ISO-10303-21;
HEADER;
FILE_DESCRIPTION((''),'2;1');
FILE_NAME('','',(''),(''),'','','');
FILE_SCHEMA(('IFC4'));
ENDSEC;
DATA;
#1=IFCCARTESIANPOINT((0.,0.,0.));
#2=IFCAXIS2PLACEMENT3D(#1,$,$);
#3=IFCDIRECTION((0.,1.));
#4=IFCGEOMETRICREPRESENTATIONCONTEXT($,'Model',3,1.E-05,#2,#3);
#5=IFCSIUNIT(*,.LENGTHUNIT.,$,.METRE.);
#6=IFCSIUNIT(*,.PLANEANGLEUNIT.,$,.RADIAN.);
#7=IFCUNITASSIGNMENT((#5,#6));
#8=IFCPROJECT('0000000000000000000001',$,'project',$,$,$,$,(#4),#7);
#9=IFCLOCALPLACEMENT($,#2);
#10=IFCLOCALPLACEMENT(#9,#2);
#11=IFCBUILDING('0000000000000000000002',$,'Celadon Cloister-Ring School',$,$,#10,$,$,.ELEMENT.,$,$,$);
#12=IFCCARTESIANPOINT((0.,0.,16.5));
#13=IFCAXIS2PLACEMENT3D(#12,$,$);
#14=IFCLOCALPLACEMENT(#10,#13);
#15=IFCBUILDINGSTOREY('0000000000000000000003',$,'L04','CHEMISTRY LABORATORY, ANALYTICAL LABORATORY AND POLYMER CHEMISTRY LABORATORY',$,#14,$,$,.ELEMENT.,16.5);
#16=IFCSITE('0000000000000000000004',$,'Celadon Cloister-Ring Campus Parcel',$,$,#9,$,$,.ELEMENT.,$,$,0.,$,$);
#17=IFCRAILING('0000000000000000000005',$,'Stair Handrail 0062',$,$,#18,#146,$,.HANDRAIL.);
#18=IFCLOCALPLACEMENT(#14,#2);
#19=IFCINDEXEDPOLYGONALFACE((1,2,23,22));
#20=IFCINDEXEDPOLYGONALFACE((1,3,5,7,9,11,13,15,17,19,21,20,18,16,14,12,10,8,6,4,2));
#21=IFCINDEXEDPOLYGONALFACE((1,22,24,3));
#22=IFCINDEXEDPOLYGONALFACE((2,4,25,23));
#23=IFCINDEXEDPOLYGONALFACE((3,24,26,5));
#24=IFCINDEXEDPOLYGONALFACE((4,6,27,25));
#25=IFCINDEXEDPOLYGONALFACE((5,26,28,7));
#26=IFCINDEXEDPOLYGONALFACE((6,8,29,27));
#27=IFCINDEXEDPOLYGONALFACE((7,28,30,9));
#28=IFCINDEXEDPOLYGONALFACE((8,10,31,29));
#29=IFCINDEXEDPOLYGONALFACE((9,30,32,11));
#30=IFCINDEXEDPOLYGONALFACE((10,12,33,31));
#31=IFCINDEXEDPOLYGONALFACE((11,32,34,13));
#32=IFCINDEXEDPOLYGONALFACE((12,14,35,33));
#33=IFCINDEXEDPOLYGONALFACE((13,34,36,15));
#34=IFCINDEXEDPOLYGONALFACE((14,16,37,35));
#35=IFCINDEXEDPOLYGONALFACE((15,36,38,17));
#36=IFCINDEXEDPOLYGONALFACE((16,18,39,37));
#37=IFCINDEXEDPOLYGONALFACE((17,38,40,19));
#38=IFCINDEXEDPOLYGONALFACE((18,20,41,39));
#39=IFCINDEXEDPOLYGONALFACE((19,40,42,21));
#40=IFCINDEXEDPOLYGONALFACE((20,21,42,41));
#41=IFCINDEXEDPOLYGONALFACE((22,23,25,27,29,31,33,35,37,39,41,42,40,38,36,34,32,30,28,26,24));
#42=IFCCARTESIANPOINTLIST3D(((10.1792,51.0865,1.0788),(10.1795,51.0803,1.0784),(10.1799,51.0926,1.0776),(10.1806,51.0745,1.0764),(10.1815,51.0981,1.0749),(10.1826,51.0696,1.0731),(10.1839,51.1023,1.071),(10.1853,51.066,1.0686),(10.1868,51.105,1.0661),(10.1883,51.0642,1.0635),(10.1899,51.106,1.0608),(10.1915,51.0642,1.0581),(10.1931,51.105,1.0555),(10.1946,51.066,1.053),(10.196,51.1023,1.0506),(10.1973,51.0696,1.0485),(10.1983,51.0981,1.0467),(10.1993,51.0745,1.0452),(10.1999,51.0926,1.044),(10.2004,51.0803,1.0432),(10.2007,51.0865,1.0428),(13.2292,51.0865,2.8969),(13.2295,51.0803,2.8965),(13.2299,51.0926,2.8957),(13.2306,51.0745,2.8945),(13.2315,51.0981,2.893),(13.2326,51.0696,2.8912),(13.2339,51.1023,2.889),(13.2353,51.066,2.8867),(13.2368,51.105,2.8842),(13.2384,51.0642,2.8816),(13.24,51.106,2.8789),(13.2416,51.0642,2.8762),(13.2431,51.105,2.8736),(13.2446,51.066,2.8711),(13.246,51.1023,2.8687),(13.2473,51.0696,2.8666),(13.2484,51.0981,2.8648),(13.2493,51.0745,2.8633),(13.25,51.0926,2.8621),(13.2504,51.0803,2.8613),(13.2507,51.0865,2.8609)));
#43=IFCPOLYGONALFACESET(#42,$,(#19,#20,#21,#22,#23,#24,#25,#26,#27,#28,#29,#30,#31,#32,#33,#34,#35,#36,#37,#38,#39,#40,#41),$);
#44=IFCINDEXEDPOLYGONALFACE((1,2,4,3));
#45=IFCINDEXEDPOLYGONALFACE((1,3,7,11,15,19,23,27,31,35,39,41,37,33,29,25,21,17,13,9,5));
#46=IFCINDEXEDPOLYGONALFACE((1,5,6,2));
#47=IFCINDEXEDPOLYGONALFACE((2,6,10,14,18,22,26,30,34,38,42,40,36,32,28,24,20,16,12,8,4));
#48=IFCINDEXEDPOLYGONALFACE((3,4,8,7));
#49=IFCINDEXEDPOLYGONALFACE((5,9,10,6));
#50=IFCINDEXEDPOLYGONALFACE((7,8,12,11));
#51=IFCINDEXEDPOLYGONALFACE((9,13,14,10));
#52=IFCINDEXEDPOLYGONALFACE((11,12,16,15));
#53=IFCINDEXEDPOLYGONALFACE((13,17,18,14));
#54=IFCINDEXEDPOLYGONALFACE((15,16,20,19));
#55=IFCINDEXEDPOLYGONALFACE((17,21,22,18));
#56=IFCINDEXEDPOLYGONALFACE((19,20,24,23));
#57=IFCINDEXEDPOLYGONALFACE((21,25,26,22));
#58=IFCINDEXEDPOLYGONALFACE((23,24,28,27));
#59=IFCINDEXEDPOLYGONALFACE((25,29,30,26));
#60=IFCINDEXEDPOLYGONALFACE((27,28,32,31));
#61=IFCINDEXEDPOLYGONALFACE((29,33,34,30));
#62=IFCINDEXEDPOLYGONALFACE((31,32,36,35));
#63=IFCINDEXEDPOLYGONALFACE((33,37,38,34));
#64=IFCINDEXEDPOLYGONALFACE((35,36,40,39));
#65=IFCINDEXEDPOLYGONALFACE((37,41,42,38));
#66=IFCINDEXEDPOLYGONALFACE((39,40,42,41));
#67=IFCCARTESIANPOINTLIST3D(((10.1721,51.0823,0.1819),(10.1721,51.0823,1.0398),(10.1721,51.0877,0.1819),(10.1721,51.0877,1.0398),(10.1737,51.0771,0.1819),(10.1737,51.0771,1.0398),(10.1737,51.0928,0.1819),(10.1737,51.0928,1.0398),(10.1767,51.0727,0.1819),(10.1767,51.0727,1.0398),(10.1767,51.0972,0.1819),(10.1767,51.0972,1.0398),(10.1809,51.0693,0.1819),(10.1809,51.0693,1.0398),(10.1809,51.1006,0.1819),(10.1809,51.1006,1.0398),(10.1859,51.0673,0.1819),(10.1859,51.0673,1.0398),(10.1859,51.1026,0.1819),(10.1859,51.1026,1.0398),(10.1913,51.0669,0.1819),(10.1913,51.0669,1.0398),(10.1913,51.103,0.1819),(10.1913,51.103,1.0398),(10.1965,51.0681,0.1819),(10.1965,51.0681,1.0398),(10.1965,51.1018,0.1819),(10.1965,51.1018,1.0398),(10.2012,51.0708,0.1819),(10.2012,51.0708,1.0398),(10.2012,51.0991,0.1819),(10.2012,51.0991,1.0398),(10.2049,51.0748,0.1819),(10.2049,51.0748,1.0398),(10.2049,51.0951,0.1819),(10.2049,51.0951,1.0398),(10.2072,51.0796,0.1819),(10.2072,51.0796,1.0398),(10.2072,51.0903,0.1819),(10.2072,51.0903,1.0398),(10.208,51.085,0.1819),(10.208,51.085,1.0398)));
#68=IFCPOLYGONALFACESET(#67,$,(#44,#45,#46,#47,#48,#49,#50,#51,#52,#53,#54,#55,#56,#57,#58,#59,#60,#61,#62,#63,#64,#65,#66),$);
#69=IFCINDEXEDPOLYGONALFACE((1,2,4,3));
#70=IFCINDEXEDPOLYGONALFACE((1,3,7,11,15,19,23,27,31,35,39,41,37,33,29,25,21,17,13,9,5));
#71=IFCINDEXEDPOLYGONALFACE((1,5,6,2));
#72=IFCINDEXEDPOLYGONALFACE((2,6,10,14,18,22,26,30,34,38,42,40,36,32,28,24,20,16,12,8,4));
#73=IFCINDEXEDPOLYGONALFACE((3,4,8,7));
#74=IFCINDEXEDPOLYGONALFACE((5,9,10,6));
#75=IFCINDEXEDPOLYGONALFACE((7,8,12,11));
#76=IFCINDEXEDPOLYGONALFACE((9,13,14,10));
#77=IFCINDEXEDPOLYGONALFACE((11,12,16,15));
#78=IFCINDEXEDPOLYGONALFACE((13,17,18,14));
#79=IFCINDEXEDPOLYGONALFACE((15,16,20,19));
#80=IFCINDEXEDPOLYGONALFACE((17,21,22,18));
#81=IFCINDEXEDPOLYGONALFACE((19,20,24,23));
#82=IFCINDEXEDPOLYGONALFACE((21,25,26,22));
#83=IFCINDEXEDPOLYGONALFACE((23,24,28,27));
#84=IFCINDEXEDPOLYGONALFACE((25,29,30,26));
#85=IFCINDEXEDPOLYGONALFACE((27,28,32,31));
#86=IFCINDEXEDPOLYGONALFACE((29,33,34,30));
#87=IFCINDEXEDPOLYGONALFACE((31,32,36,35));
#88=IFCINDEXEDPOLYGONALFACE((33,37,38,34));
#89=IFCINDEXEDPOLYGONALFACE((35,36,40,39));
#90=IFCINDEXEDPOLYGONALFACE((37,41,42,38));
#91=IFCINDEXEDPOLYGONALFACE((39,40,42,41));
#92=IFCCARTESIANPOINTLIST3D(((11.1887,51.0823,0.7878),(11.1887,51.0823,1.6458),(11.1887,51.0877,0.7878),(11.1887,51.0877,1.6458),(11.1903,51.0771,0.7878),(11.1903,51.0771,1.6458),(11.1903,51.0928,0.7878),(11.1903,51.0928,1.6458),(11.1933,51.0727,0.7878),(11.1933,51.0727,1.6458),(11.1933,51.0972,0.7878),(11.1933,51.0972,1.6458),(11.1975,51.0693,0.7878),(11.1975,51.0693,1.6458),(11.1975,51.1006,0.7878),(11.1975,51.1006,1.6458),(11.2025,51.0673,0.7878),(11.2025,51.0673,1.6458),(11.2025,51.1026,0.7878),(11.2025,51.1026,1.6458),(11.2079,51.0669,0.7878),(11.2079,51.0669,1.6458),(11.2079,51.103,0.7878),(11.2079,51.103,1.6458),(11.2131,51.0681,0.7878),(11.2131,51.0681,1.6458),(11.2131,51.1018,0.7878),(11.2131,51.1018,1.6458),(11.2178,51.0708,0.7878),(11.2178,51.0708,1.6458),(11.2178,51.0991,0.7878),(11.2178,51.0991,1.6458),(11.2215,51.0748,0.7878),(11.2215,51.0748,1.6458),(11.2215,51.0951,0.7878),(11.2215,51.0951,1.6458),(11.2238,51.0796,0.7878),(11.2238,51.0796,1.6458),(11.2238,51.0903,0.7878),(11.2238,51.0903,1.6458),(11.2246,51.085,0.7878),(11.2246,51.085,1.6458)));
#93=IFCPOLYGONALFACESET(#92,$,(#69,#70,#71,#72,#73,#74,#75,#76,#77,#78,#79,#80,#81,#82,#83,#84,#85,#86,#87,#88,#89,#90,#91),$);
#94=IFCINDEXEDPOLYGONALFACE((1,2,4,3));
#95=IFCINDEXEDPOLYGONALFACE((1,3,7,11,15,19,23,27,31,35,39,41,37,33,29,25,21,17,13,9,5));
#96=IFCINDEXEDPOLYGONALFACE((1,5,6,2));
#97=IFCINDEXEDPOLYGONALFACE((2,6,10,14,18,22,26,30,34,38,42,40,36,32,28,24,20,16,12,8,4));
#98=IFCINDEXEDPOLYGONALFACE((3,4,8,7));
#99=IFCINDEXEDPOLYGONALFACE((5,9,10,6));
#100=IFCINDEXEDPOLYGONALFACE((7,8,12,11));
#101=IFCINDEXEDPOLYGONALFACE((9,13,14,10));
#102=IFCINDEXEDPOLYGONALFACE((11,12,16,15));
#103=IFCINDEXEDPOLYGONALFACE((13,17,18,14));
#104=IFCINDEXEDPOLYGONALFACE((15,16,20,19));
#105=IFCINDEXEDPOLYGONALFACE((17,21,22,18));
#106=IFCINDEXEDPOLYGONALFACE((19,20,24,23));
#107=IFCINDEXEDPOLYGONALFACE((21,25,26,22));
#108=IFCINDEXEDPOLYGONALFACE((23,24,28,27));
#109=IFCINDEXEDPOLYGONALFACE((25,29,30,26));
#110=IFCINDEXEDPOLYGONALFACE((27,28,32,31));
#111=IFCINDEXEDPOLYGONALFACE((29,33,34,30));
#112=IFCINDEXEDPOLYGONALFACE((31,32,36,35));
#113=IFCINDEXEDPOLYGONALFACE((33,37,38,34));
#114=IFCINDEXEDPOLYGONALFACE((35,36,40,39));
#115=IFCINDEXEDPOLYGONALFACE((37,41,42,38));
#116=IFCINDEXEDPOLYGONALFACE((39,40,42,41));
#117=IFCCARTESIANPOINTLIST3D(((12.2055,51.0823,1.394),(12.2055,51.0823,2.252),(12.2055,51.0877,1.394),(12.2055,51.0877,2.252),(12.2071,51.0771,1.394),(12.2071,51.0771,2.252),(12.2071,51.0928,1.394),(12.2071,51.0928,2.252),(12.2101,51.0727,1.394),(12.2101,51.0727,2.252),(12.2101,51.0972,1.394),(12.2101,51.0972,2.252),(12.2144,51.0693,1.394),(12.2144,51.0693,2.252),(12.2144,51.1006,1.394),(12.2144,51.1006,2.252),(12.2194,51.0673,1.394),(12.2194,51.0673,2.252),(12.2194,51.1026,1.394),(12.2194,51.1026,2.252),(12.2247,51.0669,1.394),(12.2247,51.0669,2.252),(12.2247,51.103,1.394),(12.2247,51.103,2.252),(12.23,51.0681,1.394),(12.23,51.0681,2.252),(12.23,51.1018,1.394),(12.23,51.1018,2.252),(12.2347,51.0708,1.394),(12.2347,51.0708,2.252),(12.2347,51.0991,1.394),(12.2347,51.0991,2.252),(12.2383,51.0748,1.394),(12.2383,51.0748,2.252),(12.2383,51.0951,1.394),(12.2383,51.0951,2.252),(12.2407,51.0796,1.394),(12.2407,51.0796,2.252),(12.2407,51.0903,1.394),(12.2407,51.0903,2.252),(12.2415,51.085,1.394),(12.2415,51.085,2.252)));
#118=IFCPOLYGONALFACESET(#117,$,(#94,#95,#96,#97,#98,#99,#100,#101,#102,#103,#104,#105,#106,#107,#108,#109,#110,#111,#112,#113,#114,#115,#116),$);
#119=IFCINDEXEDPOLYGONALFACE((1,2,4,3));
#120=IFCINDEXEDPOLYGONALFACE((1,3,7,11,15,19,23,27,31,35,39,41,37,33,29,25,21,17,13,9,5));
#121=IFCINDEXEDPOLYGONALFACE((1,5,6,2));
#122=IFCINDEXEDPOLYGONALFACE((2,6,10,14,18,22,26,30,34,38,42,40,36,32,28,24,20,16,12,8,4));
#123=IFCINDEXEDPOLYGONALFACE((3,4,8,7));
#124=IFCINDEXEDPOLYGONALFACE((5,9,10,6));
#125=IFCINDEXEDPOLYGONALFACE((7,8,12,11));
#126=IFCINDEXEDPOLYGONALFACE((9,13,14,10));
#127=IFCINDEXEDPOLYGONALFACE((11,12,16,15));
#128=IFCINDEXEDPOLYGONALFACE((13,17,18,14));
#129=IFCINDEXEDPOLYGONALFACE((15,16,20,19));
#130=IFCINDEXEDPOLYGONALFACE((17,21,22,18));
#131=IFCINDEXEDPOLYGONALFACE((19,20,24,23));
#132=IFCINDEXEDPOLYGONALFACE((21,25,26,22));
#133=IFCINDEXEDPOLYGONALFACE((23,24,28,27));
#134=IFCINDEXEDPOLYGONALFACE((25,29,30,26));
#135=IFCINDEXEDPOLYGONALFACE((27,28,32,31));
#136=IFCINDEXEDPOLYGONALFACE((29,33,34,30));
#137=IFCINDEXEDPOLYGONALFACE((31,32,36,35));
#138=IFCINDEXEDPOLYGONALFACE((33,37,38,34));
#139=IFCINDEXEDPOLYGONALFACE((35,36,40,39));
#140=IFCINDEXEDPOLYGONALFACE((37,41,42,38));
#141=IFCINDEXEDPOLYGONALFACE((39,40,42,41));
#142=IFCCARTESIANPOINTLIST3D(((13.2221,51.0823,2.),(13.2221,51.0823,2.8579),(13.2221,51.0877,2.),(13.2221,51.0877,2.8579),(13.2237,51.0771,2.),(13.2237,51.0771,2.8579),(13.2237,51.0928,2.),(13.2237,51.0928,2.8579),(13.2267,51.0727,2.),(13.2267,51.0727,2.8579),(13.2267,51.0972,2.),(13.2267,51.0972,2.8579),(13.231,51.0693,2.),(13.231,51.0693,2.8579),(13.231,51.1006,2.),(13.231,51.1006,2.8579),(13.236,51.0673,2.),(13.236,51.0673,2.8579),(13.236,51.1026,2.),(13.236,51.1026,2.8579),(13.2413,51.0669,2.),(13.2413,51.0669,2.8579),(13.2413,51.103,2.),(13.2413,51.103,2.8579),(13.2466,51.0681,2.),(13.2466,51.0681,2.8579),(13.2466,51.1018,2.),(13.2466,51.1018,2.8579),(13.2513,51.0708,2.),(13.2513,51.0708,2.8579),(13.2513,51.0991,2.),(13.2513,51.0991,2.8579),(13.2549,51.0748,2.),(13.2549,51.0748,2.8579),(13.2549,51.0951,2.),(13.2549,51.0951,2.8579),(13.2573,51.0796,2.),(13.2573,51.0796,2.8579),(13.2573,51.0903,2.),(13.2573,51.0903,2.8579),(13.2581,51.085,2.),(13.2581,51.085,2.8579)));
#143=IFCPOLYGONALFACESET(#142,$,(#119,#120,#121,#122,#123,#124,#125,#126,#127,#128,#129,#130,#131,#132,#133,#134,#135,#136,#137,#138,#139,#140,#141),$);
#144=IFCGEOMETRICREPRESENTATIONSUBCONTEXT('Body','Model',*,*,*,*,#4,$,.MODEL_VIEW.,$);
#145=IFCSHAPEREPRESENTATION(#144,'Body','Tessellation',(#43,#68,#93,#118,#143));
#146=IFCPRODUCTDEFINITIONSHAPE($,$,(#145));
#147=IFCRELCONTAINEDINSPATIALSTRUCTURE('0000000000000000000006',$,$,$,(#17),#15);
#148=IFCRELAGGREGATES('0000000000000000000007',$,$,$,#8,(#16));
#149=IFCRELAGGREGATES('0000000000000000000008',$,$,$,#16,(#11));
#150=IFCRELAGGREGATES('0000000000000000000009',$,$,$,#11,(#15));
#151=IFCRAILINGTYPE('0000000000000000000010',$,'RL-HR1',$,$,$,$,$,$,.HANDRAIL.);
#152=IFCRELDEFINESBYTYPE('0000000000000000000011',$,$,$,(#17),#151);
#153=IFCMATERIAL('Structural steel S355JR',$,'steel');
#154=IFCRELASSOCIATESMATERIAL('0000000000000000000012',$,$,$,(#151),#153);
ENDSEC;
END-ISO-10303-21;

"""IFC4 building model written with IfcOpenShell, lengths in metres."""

from ifc_helpers import new_model, si_unit, direction, frame, origin, origin_2d, place, context, subcontext, project, spatial, circle, extrude, material, type_object, element, save


model = new_model("IFC4")

# Units and contexts
model_context = context("Model", 3, precision=1e-05, world=origin(), true_north=direction((0.0, 1.0)))
body_context = subcontext(model_context, "Body", "Model", "MODEL_VIEW")
ifc_project = project(units=[si_unit("LENGTHUNIT", "METRE"), si_unit("PLANEANGLEUNIT", "RADIAN")], contexts=[model_context])

# Site, building, storey
site_placement = place(None, origin())
site = spatial("IfcSite", under=ifc_project, at=site_placement, Name="Celadon Cloister-Ring Campus Parcel", CompositionType="ELEMENT", RefElevation=0.0)
building_placement = place(site_placement, origin())
building = spatial("IfcBuilding", under=site, at=building_placement, Name="Celadon Cloister-Ring School", CompositionType="ELEMENT")
storey_placement = place(building_placement, frame((0.0, 0.0, 16.5)))
storey = spatial("IfcBuildingStorey", under=building, at=storey_placement, Name="L04", Description="CHEMISTRY LABORATORY, ANALYTICAL LABORATORY AND POLYMER CHEMISTRY LABORATORY", CompositionType="ELEMENT", Elevation=16.5)

# Railing
ifc_material_1 = material(Name="Structural steel S355JR", Category="steel")
railing_type_1 = type_object("IfcRailingType", Name="RL-HR1", PredefinedType="HANDRAIL", material=ifc_material_1)
for number, where, name in (
    (1, (10.1899, 51.085, 0.1819), "Stair Handrail 0062"),
):
    element("IfcRailing", number, at=place(storey_placement, frame(where)), inside=storey, type_object=railing_type_1, Name=name, PredefinedType="HANDRAIL", context=body_context, shape_type="SweptSolid", body=[
        extrude(circle(Radius=0.021, at=origin_2d()), frame((0.0, 0.0, 0.8789), z_axis=(0.85897, 0.0, 0.512026), x_axis=(0.0, 1.0, 0.0)), (0.0, 0.0, 1.0), 3.5508),
        extrude(circle(Radius=0.0181, at=origin_2d()), origin(), (0.0, 0.0, 1.0), 0.8579),
        extrude(circle(Radius=0.0181, at=origin_2d()), frame((1.0166, 0.0, 0.606)), (0.0, 0.0, 1.0), 0.8579),
        extrude(circle(Radius=0.0181, at=origin_2d()), frame((2.0334, 0.0, 1.2122)), (0.0, 0.0, 1.0), 0.8579),
        extrude(circle(Radius=0.0181, at=origin_2d()), frame((3.05, 0.0, 1.8181)), (0.0, 0.0, 1.0), 0.8579),
    ])

save(model, "model.ifc")
